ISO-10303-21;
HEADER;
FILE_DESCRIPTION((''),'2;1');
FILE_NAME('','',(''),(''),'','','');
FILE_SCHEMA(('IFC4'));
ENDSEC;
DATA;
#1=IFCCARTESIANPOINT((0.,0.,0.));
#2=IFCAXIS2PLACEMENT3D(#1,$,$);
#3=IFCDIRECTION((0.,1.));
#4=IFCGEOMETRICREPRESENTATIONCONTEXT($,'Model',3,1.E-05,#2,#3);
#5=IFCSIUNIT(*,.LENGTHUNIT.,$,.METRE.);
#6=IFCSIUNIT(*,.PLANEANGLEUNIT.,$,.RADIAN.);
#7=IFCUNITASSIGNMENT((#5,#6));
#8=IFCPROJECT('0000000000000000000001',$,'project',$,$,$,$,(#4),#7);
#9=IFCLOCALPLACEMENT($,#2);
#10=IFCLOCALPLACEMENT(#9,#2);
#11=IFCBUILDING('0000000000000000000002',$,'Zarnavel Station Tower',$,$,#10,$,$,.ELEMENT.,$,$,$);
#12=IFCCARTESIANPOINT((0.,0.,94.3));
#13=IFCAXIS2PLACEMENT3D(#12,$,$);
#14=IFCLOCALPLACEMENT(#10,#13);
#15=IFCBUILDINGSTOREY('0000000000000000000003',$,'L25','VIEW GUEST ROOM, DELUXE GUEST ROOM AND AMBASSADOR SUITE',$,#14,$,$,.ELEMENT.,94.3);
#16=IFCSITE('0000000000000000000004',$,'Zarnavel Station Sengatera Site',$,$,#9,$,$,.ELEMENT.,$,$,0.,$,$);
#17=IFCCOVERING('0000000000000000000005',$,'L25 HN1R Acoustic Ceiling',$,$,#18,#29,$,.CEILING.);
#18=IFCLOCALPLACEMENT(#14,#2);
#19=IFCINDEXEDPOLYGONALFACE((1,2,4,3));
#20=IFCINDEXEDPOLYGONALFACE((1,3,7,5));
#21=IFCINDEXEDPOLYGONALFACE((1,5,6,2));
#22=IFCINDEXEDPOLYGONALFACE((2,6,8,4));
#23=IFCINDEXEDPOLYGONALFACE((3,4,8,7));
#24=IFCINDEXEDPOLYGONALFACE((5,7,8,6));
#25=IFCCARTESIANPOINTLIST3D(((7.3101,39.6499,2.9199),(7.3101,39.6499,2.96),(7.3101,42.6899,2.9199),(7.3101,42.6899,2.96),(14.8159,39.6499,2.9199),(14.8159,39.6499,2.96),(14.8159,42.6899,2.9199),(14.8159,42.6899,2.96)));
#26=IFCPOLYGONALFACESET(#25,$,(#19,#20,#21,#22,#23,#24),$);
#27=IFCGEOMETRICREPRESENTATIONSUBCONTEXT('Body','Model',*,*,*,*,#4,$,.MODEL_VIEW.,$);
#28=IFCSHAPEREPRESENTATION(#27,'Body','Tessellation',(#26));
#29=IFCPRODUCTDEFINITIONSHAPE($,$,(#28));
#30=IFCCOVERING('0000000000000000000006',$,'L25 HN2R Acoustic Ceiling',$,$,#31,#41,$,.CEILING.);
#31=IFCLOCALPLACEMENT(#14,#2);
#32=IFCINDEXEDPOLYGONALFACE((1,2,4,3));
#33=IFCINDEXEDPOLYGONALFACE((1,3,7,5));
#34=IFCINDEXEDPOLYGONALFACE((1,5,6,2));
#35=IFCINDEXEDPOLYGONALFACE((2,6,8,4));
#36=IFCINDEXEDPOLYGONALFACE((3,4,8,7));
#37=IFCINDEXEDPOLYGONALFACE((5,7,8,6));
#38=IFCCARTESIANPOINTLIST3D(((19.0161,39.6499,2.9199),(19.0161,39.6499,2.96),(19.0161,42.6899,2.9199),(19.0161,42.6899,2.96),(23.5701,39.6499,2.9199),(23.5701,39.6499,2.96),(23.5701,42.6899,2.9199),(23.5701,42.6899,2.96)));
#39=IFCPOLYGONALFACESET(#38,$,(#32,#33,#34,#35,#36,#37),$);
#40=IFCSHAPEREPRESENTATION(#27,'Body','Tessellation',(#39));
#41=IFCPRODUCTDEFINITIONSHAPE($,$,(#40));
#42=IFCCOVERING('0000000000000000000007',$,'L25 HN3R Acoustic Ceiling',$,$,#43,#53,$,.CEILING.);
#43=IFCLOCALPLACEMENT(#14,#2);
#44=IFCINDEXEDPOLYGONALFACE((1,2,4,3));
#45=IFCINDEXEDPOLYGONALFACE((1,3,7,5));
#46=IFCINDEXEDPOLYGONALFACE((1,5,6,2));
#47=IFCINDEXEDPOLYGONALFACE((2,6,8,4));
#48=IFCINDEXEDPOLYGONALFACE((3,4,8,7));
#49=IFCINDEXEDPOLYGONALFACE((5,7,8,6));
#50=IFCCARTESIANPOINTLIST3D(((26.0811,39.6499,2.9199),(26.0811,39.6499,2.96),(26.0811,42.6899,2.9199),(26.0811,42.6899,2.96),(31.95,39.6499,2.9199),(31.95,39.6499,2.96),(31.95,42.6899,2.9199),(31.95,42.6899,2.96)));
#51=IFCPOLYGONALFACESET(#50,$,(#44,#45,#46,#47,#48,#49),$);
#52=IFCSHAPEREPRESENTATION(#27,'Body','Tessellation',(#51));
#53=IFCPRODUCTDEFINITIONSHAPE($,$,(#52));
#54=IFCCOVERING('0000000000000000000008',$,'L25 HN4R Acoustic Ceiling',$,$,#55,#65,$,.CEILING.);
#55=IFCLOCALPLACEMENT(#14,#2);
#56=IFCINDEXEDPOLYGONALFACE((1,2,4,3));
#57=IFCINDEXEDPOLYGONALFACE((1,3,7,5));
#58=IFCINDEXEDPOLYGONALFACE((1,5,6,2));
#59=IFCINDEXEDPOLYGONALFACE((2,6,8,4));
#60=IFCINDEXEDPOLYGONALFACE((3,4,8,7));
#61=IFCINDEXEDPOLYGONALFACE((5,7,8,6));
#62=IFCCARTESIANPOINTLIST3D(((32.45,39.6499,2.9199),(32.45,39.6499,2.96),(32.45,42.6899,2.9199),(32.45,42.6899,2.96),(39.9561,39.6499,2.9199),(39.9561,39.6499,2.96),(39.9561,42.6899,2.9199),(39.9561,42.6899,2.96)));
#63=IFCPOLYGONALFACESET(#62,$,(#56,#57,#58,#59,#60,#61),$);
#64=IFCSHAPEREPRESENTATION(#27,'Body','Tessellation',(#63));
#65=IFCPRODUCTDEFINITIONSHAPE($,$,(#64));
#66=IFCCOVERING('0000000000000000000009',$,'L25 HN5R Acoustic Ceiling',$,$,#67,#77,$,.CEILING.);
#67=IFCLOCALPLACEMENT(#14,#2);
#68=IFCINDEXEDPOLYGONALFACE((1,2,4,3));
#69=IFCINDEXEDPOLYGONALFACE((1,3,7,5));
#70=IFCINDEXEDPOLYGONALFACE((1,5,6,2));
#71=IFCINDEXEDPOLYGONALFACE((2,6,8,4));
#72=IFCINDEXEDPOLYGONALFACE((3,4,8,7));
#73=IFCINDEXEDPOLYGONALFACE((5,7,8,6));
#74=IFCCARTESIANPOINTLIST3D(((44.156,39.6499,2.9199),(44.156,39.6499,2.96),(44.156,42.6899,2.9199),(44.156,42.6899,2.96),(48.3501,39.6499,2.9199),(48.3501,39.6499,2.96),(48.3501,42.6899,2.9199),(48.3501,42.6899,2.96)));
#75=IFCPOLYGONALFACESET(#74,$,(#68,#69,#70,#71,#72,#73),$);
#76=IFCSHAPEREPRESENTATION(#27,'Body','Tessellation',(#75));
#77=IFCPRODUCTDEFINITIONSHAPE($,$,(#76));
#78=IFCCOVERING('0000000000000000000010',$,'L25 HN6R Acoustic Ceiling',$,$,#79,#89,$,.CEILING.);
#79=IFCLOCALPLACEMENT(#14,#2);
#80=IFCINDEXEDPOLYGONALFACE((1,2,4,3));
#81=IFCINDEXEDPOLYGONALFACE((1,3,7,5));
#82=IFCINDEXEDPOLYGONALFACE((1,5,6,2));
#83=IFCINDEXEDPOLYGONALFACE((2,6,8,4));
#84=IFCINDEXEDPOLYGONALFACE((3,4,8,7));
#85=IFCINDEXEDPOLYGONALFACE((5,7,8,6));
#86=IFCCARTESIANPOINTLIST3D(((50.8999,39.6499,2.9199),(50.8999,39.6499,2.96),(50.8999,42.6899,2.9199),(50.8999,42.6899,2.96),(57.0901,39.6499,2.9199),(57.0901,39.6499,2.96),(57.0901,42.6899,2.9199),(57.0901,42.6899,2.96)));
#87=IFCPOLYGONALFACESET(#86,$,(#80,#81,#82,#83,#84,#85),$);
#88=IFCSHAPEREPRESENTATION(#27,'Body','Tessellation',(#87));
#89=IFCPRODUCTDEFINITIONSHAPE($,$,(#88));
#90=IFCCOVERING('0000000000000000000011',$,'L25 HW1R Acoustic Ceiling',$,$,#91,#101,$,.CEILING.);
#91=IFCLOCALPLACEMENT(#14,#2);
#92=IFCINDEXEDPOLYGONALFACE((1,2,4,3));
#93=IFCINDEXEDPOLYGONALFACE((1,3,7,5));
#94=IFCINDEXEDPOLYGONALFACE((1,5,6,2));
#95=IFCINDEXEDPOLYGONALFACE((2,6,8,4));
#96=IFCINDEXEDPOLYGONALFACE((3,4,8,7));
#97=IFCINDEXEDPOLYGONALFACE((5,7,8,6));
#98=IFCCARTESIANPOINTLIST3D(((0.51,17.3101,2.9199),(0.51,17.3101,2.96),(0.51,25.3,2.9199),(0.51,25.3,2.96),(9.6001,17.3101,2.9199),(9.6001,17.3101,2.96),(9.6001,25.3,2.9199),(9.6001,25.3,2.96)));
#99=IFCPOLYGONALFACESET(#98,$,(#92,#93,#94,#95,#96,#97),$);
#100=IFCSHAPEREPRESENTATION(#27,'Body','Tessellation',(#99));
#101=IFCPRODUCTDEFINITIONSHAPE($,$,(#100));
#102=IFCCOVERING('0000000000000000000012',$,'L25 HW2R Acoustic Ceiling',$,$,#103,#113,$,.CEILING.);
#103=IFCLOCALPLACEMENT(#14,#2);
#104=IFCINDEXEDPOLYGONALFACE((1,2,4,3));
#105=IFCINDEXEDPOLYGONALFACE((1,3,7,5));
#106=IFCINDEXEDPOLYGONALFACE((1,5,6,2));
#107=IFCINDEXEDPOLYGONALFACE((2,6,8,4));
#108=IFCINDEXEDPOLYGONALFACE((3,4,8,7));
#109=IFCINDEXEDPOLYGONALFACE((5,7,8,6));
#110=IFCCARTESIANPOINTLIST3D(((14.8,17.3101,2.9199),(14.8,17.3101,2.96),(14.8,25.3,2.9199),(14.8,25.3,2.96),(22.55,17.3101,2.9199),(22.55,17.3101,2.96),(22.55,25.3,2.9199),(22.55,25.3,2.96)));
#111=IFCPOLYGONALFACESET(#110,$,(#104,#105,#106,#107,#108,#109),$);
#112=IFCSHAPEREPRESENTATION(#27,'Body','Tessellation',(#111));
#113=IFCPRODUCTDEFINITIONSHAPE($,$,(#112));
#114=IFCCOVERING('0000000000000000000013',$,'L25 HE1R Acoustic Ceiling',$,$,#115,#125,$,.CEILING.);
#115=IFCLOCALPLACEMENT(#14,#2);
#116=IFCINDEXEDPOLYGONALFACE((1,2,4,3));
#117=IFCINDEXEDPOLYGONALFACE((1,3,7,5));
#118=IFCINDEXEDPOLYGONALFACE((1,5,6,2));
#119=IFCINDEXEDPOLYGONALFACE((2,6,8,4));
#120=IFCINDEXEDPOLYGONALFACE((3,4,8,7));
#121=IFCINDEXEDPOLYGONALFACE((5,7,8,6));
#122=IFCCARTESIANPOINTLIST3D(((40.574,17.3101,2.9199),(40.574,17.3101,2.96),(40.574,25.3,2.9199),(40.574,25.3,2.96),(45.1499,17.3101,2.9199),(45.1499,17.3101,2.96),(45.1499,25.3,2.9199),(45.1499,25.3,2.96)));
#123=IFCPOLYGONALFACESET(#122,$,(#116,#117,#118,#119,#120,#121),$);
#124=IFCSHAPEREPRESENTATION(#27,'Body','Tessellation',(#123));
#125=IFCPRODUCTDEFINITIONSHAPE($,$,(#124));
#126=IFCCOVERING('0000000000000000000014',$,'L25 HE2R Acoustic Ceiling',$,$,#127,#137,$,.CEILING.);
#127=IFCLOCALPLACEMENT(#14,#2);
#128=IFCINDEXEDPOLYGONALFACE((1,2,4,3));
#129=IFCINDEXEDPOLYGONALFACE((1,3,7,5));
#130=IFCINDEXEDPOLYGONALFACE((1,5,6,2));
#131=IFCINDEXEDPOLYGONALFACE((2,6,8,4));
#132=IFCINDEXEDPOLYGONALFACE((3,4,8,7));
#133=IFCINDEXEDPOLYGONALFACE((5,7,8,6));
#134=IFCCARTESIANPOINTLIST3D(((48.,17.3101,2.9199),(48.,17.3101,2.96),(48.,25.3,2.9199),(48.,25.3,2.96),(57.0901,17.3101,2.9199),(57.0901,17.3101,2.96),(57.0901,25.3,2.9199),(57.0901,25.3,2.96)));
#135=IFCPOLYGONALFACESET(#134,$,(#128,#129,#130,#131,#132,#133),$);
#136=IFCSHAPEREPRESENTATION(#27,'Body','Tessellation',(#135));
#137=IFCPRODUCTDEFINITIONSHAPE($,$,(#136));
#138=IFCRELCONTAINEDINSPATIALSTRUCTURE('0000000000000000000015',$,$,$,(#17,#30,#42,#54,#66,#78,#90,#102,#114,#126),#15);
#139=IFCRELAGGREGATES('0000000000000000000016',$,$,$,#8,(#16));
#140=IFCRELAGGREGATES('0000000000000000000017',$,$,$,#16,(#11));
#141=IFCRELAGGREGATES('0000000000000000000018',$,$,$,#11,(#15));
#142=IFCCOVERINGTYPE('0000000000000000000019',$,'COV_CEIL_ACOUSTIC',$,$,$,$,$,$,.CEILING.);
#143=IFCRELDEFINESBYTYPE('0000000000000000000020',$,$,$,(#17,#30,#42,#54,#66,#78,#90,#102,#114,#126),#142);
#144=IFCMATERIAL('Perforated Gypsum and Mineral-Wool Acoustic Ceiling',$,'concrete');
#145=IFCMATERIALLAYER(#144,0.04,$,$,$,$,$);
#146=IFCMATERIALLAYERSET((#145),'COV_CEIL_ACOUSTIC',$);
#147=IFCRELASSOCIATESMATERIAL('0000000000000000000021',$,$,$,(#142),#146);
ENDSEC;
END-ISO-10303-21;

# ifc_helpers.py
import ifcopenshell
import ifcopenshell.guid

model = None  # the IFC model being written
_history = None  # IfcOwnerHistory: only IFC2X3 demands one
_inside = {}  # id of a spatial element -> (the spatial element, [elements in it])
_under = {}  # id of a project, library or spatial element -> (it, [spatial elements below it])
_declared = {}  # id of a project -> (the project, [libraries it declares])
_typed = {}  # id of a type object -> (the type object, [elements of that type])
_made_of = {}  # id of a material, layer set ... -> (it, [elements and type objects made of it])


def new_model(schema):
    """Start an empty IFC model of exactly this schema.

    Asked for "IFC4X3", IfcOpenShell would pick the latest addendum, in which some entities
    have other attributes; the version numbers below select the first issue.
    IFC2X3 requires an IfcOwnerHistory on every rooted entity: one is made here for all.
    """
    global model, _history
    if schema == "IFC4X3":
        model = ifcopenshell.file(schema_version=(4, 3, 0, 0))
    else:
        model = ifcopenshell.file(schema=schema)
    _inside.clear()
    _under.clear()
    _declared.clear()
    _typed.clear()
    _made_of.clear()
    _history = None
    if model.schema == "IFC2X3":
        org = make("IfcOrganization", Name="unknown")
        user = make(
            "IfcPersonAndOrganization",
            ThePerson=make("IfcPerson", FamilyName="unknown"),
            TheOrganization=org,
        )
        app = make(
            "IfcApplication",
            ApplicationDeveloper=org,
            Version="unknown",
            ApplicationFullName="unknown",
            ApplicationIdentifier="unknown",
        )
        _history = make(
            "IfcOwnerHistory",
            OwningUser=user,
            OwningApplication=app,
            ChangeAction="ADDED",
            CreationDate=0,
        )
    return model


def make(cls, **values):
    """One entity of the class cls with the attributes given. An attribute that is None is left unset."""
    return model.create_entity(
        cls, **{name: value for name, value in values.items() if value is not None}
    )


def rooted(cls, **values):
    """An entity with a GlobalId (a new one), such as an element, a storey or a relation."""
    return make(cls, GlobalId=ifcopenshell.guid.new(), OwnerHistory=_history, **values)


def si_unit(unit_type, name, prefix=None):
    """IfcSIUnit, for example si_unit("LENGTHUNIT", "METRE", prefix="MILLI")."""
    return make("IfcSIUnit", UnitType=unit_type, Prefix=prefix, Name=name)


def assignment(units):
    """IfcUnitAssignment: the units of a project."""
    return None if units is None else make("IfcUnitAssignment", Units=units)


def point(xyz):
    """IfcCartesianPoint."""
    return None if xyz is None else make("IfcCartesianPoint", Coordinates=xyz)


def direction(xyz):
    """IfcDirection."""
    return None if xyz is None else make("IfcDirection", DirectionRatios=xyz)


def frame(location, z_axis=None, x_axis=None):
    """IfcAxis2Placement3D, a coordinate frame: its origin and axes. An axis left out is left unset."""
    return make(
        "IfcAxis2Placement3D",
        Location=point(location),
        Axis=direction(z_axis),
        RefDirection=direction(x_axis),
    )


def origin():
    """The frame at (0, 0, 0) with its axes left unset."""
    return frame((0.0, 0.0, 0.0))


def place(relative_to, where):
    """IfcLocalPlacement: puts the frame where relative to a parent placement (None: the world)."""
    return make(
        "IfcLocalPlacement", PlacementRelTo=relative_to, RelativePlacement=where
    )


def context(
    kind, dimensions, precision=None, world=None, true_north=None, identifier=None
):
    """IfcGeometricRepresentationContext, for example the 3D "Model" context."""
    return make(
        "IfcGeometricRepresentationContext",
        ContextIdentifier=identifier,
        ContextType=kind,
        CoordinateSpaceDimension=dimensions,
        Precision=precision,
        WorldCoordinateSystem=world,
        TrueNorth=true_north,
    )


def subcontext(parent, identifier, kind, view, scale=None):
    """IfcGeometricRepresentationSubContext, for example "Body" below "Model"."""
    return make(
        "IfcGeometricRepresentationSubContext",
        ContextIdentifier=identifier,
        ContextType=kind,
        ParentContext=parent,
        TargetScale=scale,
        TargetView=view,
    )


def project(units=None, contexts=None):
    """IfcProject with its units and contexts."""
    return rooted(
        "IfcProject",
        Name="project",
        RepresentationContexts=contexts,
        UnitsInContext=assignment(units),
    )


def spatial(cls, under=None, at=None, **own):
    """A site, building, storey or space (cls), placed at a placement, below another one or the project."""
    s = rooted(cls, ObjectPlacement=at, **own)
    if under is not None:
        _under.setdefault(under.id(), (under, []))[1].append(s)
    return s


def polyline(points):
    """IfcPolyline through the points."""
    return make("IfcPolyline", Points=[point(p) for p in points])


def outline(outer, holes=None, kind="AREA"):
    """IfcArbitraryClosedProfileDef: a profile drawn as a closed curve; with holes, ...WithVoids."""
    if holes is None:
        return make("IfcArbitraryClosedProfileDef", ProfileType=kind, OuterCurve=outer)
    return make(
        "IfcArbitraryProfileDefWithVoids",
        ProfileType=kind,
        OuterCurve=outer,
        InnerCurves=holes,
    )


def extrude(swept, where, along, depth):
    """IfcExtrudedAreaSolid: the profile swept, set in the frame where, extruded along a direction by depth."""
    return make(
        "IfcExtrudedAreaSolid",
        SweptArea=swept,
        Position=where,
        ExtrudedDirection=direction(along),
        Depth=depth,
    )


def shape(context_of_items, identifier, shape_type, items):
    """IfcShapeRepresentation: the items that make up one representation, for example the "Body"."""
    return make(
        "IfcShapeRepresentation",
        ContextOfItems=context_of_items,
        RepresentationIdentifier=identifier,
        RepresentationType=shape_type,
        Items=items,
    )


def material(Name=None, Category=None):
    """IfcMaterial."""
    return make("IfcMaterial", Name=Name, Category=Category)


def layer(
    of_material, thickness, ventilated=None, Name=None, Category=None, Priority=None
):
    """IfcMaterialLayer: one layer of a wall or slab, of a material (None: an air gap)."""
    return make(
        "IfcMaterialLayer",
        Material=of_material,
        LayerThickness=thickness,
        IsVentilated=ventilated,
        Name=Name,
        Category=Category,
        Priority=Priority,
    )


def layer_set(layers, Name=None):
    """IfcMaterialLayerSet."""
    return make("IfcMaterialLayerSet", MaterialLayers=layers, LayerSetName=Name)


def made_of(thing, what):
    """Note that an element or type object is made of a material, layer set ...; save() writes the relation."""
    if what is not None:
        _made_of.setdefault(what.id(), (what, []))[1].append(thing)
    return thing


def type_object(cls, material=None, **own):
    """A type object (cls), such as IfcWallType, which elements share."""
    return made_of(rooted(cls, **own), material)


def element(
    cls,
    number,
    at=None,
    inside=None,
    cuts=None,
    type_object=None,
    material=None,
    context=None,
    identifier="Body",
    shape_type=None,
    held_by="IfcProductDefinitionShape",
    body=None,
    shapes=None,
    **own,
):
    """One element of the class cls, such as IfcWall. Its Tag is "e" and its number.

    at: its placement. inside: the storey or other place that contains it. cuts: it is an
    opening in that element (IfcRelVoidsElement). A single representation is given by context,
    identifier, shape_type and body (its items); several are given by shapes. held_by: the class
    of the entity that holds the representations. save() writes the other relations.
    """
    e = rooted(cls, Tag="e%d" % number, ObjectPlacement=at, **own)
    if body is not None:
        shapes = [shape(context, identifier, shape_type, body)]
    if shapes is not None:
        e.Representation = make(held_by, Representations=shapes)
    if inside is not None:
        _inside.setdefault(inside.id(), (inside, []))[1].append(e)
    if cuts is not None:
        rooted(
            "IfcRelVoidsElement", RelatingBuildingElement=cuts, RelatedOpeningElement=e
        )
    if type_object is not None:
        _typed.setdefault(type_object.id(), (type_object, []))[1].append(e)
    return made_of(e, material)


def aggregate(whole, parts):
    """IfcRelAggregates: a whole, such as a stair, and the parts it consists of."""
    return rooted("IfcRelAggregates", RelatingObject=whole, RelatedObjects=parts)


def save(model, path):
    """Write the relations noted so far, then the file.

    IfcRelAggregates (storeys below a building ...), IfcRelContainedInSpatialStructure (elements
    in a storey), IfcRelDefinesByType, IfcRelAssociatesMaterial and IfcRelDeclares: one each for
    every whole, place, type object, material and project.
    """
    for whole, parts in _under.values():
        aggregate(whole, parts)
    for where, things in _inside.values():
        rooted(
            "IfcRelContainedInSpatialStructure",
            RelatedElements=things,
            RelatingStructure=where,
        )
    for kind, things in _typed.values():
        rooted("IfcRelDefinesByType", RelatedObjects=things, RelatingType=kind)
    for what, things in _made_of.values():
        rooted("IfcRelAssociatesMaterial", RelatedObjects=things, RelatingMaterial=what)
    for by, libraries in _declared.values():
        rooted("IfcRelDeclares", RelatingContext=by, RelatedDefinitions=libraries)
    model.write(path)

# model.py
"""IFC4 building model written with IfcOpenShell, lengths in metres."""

from ifc_helpers import new_model, si_unit, direction, frame, origin, place, context, subcontext, project, spatial, polyline, outline, extrude, material, layer, layer_set, type_object, element, save


model = new_model("IFC4")

# Units and contexts
model_context = context("Model", 3, precision=1e-05, world=origin(), true_north=direction((0.0, 1.0)))
body_context = subcontext(model_context, "Body", "Model", "MODEL_VIEW")
ifc_project = project(units=[si_unit("LENGTHUNIT", "METRE"), si_unit("PLANEANGLEUNIT", "RADIAN")], contexts=[model_context])

# Site, building, storey
site_placement = place(None, origin())
site = spatial("IfcSite", under=ifc_project, at=site_placement, Name="Zarnavel Station Sengatera Site", CompositionType="ELEMENT", RefElevation=0.0)
building_placement = place(site_placement, origin())
building = spatial("IfcBuilding", under=site, at=building_placement, Name="Zarnavel Station Tower", CompositionType="ELEMENT")
storey_placement = place(building_placement, frame((0.0, 0.0, 94.3)))
storey = spatial("IfcBuildingStorey", under=building, at=storey_placement, Name="L25", Description="VIEW GUEST ROOM, DELUXE GUEST ROOM AND AMBASSADOR SUITE", CompositionType="ELEMENT", Elevation=94.3)

# Coverings
ifc_material_1 = material(Name="Perforated Gypsum and Mineral-Wool Acoustic Ceiling", Category="concrete")
ifc_layer_1 = layer(ifc_material_1, 0.04)
ifc_layer_set_1 = layer_set([ifc_layer_1], Name="COV_CEIL_ACOUSTIC")
covering_type_1 = type_object("IfcCoveringType", Name="COV_CEIL_ACOUSTIC", PredefinedType="CEILING", material=ifc_layer_set_1)
covering_1_placement = place(storey_placement, frame((0.0, 0.0, 2.9199)))
element("IfcCovering", 1, at=covering_1_placement, inside=storey, type_object=covering_type_1, Name="L25 HN1R Acoustic Ceiling", PredefinedType="CEILING", context=body_context, shape_type="SweptSolid", body=[
    extrude(outline(polyline([(7.3101, 39.6499), (14.8159, 39.6499), (14.8159, 42.6899), (7.3101, 42.6899), (7.3101, 39.6499)])), origin(), (0.0, 0.0, 1.0), 0.04),
])
covering_2_placement = place(storey_placement, frame((0.0, 0.0, 2.9199)))
element("IfcCovering", 2, at=covering_2_placement, inside=storey, type_object=covering_type_1, Name="L25 HN2R Acoustic Ceiling", PredefinedType="CEILING", context=body_context, shape_type="SweptSolid", body=[
    extrude(outline(polyline([(19.0161, 39.6499), (23.5701, 39.6499), (23.5701, 42.6899), (19.0161, 42.6899), (19.0161, 39.6499)])), origin(), (0.0, 0.0, 1.0), 0.04),
])
covering_3_placement = place(storey_placement, frame((0.0, 0.0, 2.9199)))
element("IfcCovering", 3, at=covering_3_placement, inside=storey, type_object=covering_type_1, Name="L25 HN3R Acoustic Ceiling", PredefinedType="CEILING", context=body_context, shape_type="SweptSolid", body=[
    extrude(outline(polyline([(26.0811, 39.6499), (31.95, 39.6499), (31.95, 42.6899), (26.0811, 42.6899), (26.0811, 39.6499)])), origin(), (0.0, 0.0, 1.0), 0.04),
])
covering_4_placement = place(storey_placement, frame((0.0, 0.0, 2.9199)))
element("IfcCovering", 4, at=covering_4_placement, inside=storey, type_object=covering_type_1, Name="L25 HN4R Acoustic Ceiling", PredefinedType="CEILING", context=body_context, shape_type="SweptSolid", body=[
    extrude(outline(polyline([(32.45, 39.6499), (39.9561, 39.6499), (39.9561, 42.6899), (32.45, 42.6899), (32.45, 39.6499)])), origin(), (0.0, 0.0, 1.0), 0.04),
])
covering_5_placement = place(storey_placement, frame((0.0, 0.0, 2.9199)))
element("IfcCovering", 5, at=covering_5_placement, inside=storey, type_object=covering_type_1, Name="L25 HN5R Acoustic Ceiling", PredefinedType="CEILING", context=body_context, shape_type="SweptSolid", body=[
    extrude(outline(polyline([(44.156, 39.6499), (48.3501, 39.6499), (48.3501, 42.6899), (44.156, 42.6899), (44.156, 39.6499)])), origin(), (0.0, 0.0, 1.0), 0.04),
])
covering_6_placement = place(storey_placement, frame((0.0, 0.0, 2.9199)))
element("IfcCovering", 6, at=covering_6_placement, inside=storey, type_object=covering_type_1, Name="L25 HN6R Acoustic Ceiling", PredefinedType="CEILING", context=body_context, shape_type="SweptSolid", body=[
    extrude(outline(polyline([(50.8999, 39.6499), (57.0901, 39.6499), (57.0901, 42.6899), (50.8999, 42.6899), (50.8999, 39.6499)])), origin(), (0.0, 0.0, 1.0), 0.04),
])
covering_7_placement = place(storey_placement, frame((0.0, 0.0, 2.9199)))
element("IfcCovering", 7, at=covering_7_placement, inside=storey, type_object=covering_type_1, Name="L25 HW1R Acoustic Ceiling", PredefinedType="CEILING", context=body_context, shape_type="SweptSolid", body=[
    extrude(outline(polyline([(0.51, 17.3101), (9.6001, 17.3101), (9.6001, 25.3), (0.51, 25.3), (0.51, 17.3101)])), origin(), (0.0, 0.0, 1.0), 0.04),
])
covering_8_placement = place(storey_placement, frame((0.0, 0.0, 2.9199)))
element("IfcCovering", 8, at=covering_8_placement, inside=storey, type_object=covering_type_1, Name="L25 HW2R Acoustic Ceiling", PredefinedType="CEILING", context=body_context, shape_type="SweptSolid", body=[
    extrude(outline(polyline([(14.8, 17.3101), (22.55, 17.3101), (22.55, 25.3), (14.8, 25.3), (14.8, 17.3101)])), origin(), (0.0, 0.0, 1.0), 0.04),
])
covering_9_placement = place(storey_placement, frame((0.0, 0.0, 2.9199)))
element("IfcCovering", 9, at=covering_9_placement, inside=storey, type_object=covering_type_1, Name="L25 HE1R Acoustic Ceiling", PredefinedType="CEILING", context=body_context, shape_type="SweptSolid", body=[
    extrude(outline(polyline([(40.574, 17.3101), (45.1499, 17.3101), (45.1499, 25.3), (40.574, 25.3), (40.574, 17.3101)])), origin(), (0.0, 0.0, 1.0), 0.04),
])
covering_10_placement = place(storey_placement, frame((0.0, 0.0, 2.9199)))
element("IfcCovering", 10, at=covering_10_placement, inside=storey, type_object=covering_type_1, Name="L25 HE2R Acoustic Ceiling", PredefinedType="CEILING", context=body_context, shape_type="SweptSolid", body=[
    extrude(outline(polyline([(48.0, 17.3101), (57.0901, 17.3101), (57.0901, 25.3), (48.0, 25.3), (48.0, 17.3101)])), origin(), (0.0, 0.0, 1.0), 0.04),
])

save(model, "model.ifc")
